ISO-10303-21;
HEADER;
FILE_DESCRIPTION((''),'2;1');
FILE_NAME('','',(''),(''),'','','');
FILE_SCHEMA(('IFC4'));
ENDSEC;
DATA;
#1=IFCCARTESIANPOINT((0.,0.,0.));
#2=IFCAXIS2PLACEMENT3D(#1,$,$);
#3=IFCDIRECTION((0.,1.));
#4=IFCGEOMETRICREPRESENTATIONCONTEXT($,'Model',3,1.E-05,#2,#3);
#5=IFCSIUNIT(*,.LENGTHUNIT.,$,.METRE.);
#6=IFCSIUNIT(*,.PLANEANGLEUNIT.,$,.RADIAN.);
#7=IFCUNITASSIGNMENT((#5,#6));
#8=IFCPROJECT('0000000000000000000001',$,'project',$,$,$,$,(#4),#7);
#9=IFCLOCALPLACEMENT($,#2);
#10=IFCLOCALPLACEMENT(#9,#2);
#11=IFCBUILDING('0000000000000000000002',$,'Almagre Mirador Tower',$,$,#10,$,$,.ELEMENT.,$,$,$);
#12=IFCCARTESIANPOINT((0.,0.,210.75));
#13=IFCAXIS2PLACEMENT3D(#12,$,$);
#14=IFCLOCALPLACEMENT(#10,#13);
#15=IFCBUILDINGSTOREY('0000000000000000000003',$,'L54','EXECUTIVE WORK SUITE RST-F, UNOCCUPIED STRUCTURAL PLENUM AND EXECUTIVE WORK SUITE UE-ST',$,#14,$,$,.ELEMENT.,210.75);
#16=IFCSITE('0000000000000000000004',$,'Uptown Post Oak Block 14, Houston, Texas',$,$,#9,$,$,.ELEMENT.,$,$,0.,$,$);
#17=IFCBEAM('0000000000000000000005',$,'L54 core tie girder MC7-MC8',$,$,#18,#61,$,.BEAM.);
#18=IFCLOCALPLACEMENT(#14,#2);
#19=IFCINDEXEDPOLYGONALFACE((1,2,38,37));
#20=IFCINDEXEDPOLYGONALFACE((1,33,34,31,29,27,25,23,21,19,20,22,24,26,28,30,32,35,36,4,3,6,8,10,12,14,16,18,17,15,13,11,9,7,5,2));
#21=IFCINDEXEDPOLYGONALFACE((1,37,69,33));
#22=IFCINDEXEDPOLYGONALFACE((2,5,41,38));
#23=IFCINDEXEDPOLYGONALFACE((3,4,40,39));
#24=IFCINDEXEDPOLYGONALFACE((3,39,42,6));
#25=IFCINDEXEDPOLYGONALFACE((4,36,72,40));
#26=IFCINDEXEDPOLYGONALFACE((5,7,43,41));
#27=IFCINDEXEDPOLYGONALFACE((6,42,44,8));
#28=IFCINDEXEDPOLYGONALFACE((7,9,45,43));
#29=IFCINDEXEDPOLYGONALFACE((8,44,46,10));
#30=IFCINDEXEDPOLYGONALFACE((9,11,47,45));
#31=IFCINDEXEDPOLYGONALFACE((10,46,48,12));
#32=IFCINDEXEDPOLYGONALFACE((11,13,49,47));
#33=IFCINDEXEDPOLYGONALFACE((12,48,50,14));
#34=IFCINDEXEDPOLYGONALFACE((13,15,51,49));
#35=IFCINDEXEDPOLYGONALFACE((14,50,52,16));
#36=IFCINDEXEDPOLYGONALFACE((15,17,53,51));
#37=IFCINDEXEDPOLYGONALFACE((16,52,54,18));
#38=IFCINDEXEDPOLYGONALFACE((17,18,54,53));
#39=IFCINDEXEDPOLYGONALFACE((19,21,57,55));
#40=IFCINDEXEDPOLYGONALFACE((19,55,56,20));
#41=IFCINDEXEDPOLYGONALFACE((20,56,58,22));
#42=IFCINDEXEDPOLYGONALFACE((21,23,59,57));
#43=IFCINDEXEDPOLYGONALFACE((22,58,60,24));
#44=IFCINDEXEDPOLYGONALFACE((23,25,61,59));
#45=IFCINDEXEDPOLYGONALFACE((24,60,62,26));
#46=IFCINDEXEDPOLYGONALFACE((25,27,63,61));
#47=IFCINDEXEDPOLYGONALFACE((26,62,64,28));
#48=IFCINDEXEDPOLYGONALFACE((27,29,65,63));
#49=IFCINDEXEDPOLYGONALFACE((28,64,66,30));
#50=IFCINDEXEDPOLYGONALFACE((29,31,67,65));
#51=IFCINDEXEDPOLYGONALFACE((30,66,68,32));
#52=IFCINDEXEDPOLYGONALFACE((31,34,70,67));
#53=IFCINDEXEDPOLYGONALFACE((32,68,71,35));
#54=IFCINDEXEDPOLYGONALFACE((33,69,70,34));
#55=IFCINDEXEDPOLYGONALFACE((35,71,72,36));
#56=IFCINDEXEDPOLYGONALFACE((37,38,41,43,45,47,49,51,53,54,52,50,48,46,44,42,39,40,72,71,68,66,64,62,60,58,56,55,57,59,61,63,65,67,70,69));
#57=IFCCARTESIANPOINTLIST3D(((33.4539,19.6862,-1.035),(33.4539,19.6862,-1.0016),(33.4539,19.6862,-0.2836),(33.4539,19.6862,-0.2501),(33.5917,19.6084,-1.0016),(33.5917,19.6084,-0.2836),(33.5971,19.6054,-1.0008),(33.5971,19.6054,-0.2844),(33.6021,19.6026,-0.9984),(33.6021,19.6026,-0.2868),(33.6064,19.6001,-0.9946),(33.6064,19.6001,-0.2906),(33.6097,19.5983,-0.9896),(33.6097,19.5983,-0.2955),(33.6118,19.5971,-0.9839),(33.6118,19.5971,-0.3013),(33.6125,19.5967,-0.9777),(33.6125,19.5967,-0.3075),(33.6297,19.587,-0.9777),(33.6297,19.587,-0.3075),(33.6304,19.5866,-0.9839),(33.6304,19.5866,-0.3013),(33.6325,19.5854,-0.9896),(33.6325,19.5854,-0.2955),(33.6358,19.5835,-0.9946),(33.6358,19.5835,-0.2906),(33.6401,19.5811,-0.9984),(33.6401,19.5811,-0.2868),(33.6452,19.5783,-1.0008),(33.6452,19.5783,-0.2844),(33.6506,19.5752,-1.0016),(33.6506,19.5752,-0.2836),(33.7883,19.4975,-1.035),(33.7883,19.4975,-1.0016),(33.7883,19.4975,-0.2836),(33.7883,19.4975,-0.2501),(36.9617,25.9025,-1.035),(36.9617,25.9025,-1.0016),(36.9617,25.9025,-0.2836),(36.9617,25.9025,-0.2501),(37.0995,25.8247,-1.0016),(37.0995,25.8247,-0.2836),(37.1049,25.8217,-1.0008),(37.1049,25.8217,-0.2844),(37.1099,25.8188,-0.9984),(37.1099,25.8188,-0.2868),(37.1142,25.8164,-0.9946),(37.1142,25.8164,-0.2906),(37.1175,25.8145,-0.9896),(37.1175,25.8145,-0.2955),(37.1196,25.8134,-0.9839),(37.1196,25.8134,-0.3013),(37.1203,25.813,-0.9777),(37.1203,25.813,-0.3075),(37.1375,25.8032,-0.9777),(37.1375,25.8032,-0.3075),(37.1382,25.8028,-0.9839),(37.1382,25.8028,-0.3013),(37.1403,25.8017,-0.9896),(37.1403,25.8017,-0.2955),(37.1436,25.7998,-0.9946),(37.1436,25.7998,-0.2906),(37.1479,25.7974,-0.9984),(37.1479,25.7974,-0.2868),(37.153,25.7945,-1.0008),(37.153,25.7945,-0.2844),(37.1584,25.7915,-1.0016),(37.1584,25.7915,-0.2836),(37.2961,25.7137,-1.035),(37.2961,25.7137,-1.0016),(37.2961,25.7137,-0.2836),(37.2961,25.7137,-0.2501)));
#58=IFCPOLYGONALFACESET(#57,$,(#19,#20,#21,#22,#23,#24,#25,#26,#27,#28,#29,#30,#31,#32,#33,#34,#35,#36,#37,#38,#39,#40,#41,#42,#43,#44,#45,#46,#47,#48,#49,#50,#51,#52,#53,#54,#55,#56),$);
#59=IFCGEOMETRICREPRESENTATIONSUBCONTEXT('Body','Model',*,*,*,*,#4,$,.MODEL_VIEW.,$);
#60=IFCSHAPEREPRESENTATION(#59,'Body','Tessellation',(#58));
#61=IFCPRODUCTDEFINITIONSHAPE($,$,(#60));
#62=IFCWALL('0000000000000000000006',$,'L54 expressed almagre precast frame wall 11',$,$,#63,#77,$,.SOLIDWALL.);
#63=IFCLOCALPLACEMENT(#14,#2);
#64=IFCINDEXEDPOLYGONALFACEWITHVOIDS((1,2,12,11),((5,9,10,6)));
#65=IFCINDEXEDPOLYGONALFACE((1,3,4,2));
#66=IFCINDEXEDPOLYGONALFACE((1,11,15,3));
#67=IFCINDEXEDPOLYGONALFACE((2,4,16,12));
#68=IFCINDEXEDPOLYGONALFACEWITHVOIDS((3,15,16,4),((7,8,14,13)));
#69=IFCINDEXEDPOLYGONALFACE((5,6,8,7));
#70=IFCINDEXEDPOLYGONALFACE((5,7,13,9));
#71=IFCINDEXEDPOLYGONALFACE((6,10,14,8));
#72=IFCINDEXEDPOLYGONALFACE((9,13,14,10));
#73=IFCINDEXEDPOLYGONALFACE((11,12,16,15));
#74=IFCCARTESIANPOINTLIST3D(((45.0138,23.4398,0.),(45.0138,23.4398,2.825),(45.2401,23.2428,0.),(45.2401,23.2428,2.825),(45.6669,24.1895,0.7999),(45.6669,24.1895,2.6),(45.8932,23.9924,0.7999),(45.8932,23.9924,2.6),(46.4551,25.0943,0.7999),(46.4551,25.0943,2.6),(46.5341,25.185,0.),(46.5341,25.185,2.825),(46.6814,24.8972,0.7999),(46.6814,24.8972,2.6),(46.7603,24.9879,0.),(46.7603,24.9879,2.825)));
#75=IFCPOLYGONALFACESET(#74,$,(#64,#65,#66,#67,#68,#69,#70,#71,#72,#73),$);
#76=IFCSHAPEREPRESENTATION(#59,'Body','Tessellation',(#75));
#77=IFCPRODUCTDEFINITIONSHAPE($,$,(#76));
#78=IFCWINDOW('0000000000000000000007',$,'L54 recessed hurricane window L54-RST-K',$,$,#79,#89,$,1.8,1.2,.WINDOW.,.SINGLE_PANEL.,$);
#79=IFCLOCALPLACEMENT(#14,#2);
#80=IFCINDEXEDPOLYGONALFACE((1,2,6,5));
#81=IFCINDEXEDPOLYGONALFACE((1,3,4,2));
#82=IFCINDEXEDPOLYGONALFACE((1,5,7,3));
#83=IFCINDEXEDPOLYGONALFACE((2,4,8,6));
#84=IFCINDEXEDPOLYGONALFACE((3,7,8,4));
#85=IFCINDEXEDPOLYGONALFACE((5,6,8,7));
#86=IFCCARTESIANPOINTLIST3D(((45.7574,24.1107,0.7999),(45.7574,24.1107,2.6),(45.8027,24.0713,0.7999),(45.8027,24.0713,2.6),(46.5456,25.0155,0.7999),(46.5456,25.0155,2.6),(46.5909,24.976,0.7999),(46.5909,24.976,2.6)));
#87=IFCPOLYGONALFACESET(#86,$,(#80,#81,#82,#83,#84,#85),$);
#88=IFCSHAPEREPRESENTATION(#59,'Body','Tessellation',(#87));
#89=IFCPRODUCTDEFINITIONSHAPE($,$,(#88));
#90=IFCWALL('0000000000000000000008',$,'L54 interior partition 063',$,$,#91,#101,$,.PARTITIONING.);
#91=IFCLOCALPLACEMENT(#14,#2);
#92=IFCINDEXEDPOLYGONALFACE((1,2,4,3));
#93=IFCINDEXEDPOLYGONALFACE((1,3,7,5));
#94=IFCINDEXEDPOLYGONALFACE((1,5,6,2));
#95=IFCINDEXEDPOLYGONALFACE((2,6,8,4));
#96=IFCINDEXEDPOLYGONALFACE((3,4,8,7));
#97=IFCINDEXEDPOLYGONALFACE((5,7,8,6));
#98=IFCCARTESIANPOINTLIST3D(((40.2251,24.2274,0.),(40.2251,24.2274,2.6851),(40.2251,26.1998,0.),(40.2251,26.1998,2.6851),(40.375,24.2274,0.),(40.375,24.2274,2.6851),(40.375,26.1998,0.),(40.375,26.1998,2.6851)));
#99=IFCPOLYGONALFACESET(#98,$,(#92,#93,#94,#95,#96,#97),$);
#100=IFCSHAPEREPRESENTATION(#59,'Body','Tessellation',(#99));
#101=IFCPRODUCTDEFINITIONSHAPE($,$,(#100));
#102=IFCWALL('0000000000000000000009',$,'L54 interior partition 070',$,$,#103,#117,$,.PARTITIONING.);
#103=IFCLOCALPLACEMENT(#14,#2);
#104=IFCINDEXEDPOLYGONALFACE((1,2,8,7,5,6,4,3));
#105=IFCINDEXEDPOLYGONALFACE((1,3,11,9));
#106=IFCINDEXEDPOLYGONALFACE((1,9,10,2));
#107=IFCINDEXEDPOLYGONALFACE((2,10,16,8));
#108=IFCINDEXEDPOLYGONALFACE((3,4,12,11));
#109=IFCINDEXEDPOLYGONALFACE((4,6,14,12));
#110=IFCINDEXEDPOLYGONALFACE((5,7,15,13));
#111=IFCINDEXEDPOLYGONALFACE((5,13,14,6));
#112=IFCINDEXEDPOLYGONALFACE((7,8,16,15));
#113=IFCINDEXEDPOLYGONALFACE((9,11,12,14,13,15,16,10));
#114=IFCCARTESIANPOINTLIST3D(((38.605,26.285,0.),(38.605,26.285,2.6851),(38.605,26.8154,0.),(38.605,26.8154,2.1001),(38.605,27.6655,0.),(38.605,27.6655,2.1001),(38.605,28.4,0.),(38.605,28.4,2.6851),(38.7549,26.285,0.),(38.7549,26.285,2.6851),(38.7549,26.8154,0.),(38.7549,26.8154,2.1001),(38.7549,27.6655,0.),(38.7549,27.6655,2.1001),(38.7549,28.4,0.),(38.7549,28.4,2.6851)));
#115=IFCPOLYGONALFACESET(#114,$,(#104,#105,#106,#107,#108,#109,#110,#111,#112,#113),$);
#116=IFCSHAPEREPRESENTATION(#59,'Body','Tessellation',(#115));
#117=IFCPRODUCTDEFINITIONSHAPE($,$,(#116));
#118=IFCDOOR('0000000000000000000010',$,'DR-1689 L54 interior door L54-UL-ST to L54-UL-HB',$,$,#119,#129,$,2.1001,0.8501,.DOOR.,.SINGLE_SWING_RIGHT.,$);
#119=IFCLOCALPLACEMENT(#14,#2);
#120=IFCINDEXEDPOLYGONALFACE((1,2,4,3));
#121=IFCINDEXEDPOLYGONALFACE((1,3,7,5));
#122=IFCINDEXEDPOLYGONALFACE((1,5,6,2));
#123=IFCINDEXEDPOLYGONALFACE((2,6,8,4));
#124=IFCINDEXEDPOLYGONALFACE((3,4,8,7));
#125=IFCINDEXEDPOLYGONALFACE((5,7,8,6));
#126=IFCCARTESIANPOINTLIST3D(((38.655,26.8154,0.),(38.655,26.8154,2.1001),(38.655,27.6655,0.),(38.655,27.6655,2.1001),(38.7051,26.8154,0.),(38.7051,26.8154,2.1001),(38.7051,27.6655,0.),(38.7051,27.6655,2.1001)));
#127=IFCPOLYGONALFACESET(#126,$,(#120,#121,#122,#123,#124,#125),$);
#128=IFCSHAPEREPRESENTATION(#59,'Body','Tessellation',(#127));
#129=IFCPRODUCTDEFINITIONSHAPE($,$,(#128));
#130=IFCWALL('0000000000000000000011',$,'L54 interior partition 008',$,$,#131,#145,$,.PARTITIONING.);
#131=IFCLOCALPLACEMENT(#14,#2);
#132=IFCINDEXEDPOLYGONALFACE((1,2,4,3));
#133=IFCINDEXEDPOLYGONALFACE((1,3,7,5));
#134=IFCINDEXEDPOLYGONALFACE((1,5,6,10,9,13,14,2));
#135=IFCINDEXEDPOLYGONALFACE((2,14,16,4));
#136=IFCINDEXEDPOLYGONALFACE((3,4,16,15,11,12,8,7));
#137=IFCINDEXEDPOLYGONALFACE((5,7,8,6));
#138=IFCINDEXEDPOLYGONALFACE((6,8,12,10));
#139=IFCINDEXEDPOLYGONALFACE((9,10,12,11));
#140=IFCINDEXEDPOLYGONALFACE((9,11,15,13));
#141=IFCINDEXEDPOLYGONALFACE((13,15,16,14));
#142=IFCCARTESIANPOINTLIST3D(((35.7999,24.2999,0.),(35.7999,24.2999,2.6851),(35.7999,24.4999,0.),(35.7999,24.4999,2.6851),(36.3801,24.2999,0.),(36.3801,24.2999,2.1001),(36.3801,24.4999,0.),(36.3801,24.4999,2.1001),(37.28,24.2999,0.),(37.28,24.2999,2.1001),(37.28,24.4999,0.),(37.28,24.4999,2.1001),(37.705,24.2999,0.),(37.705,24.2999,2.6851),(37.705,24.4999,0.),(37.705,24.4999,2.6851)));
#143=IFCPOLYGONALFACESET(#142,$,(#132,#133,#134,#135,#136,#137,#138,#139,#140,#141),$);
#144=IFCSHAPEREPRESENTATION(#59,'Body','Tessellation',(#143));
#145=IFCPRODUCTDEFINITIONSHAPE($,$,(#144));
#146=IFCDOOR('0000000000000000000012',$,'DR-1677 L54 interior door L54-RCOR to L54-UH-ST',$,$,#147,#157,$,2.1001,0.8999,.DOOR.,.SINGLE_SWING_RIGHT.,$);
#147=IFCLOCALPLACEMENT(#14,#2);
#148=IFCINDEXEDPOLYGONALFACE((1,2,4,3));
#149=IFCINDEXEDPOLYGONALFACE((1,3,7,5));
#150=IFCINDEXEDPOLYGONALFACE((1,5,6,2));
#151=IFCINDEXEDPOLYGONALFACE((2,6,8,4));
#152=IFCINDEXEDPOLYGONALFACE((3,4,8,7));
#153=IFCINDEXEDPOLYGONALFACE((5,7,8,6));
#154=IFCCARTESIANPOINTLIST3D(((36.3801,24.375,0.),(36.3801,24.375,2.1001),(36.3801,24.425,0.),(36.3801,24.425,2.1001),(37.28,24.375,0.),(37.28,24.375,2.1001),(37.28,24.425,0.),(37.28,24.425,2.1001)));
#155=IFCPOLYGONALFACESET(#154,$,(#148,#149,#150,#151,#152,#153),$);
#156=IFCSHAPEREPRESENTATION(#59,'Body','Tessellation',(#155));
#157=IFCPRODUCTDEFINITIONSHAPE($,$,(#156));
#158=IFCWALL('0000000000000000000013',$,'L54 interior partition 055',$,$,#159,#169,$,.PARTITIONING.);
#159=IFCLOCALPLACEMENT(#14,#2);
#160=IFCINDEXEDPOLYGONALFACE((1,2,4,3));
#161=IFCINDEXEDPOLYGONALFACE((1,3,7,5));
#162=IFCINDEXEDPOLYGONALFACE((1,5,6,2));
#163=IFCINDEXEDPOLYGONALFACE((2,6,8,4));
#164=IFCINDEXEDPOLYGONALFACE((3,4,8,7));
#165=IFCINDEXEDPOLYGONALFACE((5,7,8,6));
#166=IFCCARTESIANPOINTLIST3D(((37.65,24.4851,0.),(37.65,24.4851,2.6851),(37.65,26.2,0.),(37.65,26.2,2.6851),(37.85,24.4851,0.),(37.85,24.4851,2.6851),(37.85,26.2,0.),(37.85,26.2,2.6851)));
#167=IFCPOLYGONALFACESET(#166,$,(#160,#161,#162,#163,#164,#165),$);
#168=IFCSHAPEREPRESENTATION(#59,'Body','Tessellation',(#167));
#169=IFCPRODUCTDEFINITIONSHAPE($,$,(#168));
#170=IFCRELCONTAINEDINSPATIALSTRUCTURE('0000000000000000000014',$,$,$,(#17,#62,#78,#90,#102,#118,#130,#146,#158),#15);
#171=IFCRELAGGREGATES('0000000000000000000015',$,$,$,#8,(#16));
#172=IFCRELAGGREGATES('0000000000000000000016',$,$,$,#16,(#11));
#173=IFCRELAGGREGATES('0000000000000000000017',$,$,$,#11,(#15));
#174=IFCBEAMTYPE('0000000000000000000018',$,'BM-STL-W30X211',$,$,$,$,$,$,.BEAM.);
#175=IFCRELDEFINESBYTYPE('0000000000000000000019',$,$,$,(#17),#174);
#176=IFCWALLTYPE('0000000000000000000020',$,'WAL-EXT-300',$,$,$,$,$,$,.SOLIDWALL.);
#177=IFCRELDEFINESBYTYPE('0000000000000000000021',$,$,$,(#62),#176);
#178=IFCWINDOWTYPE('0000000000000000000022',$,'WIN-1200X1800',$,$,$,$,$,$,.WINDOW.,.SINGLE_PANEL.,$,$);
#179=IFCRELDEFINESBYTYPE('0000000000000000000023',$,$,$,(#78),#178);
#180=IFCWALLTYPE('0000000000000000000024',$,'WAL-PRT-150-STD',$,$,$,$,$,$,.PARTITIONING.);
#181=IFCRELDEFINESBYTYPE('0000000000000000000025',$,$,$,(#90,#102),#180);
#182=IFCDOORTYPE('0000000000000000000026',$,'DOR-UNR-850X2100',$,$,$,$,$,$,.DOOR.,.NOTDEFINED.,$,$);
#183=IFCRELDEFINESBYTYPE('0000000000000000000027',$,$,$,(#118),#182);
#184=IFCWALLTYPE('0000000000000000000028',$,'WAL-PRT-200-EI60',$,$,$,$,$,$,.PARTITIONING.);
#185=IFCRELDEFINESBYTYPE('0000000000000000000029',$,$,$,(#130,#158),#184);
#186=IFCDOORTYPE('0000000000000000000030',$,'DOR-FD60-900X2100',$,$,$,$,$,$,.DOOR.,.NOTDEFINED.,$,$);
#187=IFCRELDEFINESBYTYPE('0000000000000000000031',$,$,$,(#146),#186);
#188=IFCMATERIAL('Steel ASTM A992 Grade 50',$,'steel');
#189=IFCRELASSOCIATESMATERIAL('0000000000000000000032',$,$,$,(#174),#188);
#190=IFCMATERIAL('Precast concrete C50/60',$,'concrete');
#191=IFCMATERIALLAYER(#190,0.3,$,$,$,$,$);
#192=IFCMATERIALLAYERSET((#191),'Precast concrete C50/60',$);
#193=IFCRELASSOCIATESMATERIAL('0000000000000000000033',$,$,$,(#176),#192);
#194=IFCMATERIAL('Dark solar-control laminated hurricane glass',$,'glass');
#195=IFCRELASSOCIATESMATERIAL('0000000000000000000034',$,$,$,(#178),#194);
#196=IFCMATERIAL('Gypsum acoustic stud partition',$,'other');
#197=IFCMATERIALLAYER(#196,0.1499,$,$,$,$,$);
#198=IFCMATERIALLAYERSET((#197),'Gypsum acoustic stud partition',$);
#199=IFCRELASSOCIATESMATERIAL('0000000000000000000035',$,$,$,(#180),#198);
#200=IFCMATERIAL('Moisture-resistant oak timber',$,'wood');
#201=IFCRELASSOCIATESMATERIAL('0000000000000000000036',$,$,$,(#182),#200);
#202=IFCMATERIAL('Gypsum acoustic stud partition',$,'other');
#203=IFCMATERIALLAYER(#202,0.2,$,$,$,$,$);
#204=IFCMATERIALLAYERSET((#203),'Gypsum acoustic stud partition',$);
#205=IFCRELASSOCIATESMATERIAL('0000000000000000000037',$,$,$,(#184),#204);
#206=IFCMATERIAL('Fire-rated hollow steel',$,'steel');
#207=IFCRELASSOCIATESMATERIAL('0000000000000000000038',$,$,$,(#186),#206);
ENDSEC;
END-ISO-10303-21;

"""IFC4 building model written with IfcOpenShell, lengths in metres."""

from ifc_helpers import new_model, si_unit, direction, frame, frame_2d, origin, origin_2d, place, context, subcontext, project, spatial, rectangle, i_section, extrude, material, layer, layer_set, material_profile, profile_set, type_object, element, fill, save


model = new_model("IFC4")

# Units and contexts
model_context = context("Model", 3, precision=1e-05, world=origin(), true_north=direction((0.0, 1.0)))
body_context = subcontext(model_context, "Body", "Model", "MODEL_VIEW")
ifc_project = project(units=[si_unit("LENGTHUNIT", "METRE"), si_unit("PLANEANGLEUNIT", "RADIAN")], contexts=[model_context])

# Site, building, storey
site_placement = place(None, origin())
site = spatial("IfcSite", under=ifc_project, at=site_placement, Name="Uptown Post Oak Block 14, Houston, Texas", CompositionType="ELEMENT", RefElevation=0.0)
building_placement = place(site_placement, origin())
building = spatial("IfcBuilding", under=site, at=building_placement, Name="Almagre Mirador Tower", CompositionType="ELEMENT")
storey_placement = place(building_placement, frame((0.0, 0.0, 210.75)))
storey = spatial("IfcBuildingStorey", under=building, at=storey_placement, Name="L54", Description="EXECUTIVE WORK SUITE RST-F, UNOCCUPIED STRUCTURAL PLENUM AND EXECUTIVE WORK SUITE UE-ST", CompositionType="ELEMENT", Elevation=210.75)

# Beam
ifc_material_1 = material(Name="Steel ASTM A992 Grade 50", Category="steel")
ifc_material_profile_1 = material_profile(ifc_material_1, i_section(OverallWidth=0.384, OverallDepth=0.7849, WebThickness=0.0198, FlangeThickness=0.0334, FilletRadius=0.0239, at=origin_2d()), Name="W30X211")
ifc_profile_set_1 = profile_set([ifc_material_profile_1], Name="Steel ASTM A992 Grade 50")
beam_type_1 = type_object("IfcBeamType", Name="BM-STL-W30X211", PredefinedType="BEAM", material=ifc_profile_set_1)
beam_1_placement = place(storey_placement, frame((37.1289, 25.8081, -0.6426), z_axis=(-0.491446, -0.870908, 0.0), x_axis=(0.870908, -0.491446, 0.0)))
element("IfcBeam", 1, at=beam_1_placement, inside=storey, type_object=beam_type_1, Name="L54 core tie girder MC7-MC8", PredefinedType="BEAM", context=body_context, shape_type="SweptSolid", body=[
    extrude(i_section(OverallWidth=0.384, OverallDepth=0.7849, WebThickness=0.0198, FlangeThickness=0.0334, FilletRadius=0.0239, at=origin_2d()), origin(), (0.0, 0.0, 1.0), 7.1377),
])

# Wall, opening, window
ifc_material_2 = material(Name="Precast concrete C50/60", Category="concrete")
ifc_layer_1 = layer(ifc_material_2, 0.3)
ifc_layer_set_1 = layer_set([ifc_layer_1], Name="Precast concrete C50/60")
wall_type_1 = type_object("IfcWallType", Name="WAL-EXT-300", PredefinedType="SOLIDWALL", material=ifc_layer_set_1)
wall_1_placement = place(storey_placement, frame((46.6472, 25.0864, 0.0), z_axis=(0.0, 0.0, 1.0), x_axis=(-0.65686, -0.754012, 0.0)))
wall_1 = element("IfcWall", 2, at=wall_1_placement, inside=storey, type_object=wall_type_1, Name="L54 expressed almagre precast frame wall 11", PredefinedType="SOLIDWALL", context=body_context, shape_type="SweptSolid", body=[
    extrude(rectangle(XDim=2.3145, YDim=0.3, at=frame_2d((1.1572, 0.0))), origin(), (0.0, 0.0, 1.0), 2.825),
])
opening_1_placement = place(wall_1_placement, frame((0.1201, 0.0, 0.8)))
opening_1 = element("IfcOpeningElement", 3, at=opening_1_placement, cuts=wall_1, PredefinedType="OPENING", context=body_context, shape_type="SweptSolid", body=[
    extrude(rectangle(XDim=1.2, YDim=1.8, at=frame_2d((0.6001, 0.8999))), frame((0.0, 0.1599, 0.0), z_axis=(0.0, -1.0, 0.0), x_axis=(1.0, 0.0, 0.0)), (0.0, 0.0, 1.0), 0.32),
])
ifc_material_3 = material(Name="Dark solar-control laminated hurricane glass", Category="glass")
window_type = type_object("IfcWindowType", Name="WIN-1200X1800", PartitioningType="SINGLE_PANEL", PredefinedType="WINDOW", material=ifc_material_3)
window_placement = place(opening_1_placement, origin())
window = element("IfcWindow", 4, at=window_placement, inside=storey, type_object=window_type, Name="L54 recessed hurricane window L54-RST-K", OverallHeight=1.8, OverallWidth=1.2, PartitioningType="SINGLE_PANEL", PredefinedType="WINDOW", context=body_context, shape_type="SweptSolid", body=[
    extrude(rectangle(XDim=1.2, YDim=1.8, at=frame_2d((0.6001, 0.8999))), frame((0.0, 0.03, 0.0), z_axis=(0.0, -1.0, 0.0), x_axis=(1.0, 0.0, 0.0)), (0.0, 0.0, 1.0), 0.0601),
])
fill(opening_1, window)

# Wall
ifc_material_4 = material(Name="Gypsum acoustic stud partition", Category="other")
ifc_layer_2 = layer(ifc_material_4, 0.1499)
ifc_layer_set_2 = layer_set([ifc_layer_2], Name="Gypsum acoustic stud partition")
wall_type_2 = type_object("IfcWallType", Name="WAL-PRT-150-STD", PredefinedType="PARTITIONING", material=ifc_layer_set_2)
wall_2_placement = place(storey_placement, frame((40.3, 26.2, 0.0), z_axis=(0.0, 0.0, 1.0), x_axis=(0.0, -1.0, 0.0)))
element("IfcWall", 5, at=wall_2_placement, inside=storey, type_object=wall_type_2, Name="L54 interior partition 063", PredefinedType="PARTITIONING", context=body_context, shape_type="SweptSolid", body=[
    extrude(rectangle(XDim=1.9724, YDim=0.1499, at=frame_2d((0.9863, 0.0))), origin(), (0.0, 0.0, 1.0), 2.6851),
])

# Walls, openings, doors
wall_3_placement = place(storey_placement, frame((38.6799, 26.2849, 0.0), z_axis=(0.0, 0.0, 1.0), x_axis=(0.0, 1.0, 0.0)))
wall_3 = element("IfcWall", 6, at=wall_3_placement, inside=storey, type_object=wall_type_2, Name="L54 interior partition 070", PredefinedType="PARTITIONING", context=body_context, shape_type="SweptSolid", body=[
    extrude(rectangle(XDim=2.115, YDim=0.1499, at=frame_2d((1.0576, 0.0))), origin(), (0.0, 0.0, 1.0), 2.6851),
])
opening_2_placement = place(wall_3_placement, frame((0.5305, 0.0, 0.0)))
opening_2 = element("IfcOpeningElement", 7, at=opening_2_placement, cuts=wall_3, PredefinedType="OPENING", context=body_context, shape_type="SweptSolid", body=[
    extrude(rectangle(XDim=0.8501, YDim=2.1001, at=frame_2d((0.425, 1.05))), frame((0.0, 0.085, 0.0), z_axis=(0.0, -1.0, 0.0), x_axis=(1.0, 0.0, 0.0)), (0.0, 0.0, 1.0), 0.1699),
])
ifc_material_5 = material(Name="Moisture-resistant oak timber", Category="wood")
door_type_1 = type_object("IfcDoorType", Name="DOR-UNR-850X2100", OperationType="NOTDEFINED", PredefinedType="DOOR", material=ifc_material_5)
door_1_placement = place(opening_2_placement, origin())
door_1 = element("IfcDoor", 8, at=door_1_placement, inside=storey, type_object=door_type_1, Name="DR-1689 L54 interior door L54-UL-ST to L54-UL-HB", OperationType="SINGLE_SWING_RIGHT", OverallHeight=2.1001, OverallWidth=0.8501, PredefinedType="DOOR", context=body_context, shape_type="SweptSolid", body=[
    extrude(rectangle(XDim=0.8501, YDim=2.1001, at=frame_2d((0.425, 1.05))), frame((0.0, 0.0249, 0.0), z_axis=(0.0, -1.0, 0.0), x_axis=(1.0, 0.0, 0.0)), (0.0, 0.0, 1.0), 0.05),
])
fill(opening_2, door_1)
ifc_material_6 = material(Name="Gypsum acoustic stud partition", Category="other")
ifc_layer_3 = layer(ifc_material_6, 0.2)
ifc_layer_set_3 = layer_set([ifc_layer_3], Name="Gypsum acoustic stud partition")
wall_type_3 = type_object("IfcWallType", Name="WAL-PRT-200-EI60", PredefinedType="PARTITIONING", material=ifc_layer_set_3)
wall_4_placement = place(storey_placement, frame((37.7051, 24.3999, 0.0), z_axis=(0.0, 0.0, 1.0), x_axis=(-1.0, 0.0, 0.0)))
wall_4 = element("IfcWall", 9, at=wall_4_placement, inside=storey, type_object=wall_type_3, Name="L54 interior partition 008", PredefinedType="PARTITIONING", context=body_context, shape_type="SweptSolid", body=[
    extrude(rectangle(XDim=1.905, YDim=0.2, at=frame_2d((0.9526, 0.0))), origin(), (0.0, 0.0, 1.0), 2.6851),
])
opening_3_placement = place(wall_4_placement, frame((0.425, 0.0, 0.0)))
opening_3 = element("IfcOpeningElement", 10, at=opening_3_placement, cuts=wall_4, PredefinedType="OPENING", context=body_context, shape_type="SweptSolid", body=[
    extrude(rectangle(XDim=0.8999, YDim=2.1001, at=frame_2d((0.45, 1.05))), frame((0.0, 0.1101, 0.0), z_axis=(0.0, -1.0, 0.0), x_axis=(1.0, 0.0, 0.0)), (0.0, 0.0, 1.0), 0.22),
])
ifc_material_7 = material(Name="Fire-rated hollow steel", Category="steel")
door_type_2 = type_object("IfcDoorType", Name="DOR-FD60-900X2100", OperationType="NOTDEFINED", PredefinedType="DOOR", material=ifc_material_7)
door_2_placement = place(opening_3_placement, origin())
door_2 = element("IfcDoor", 11, at=door_2_placement, inside=storey, type_object=door_type_2, Name="DR-1677 L54 interior door L54-RCOR to L54-UH-ST", OperationType="SINGLE_SWING_RIGHT", OverallHeight=2.1001, OverallWidth=0.8999, PredefinedType="DOOR", context=body_context, shape_type="SweptSolid", body=[
    extrude(rectangle(XDim=0.8999, YDim=2.1001, at=frame_2d((0.45, 1.05))), frame((0.0, 0.0249, 0.0), z_axis=(0.0, -1.0, 0.0), x_axis=(1.0, 0.0, 0.0)), (0.0, 0.0, 1.0), 0.05),
])
fill(opening_3, door_2)

# Wall
wall_5_placement = place(storey_placement, frame((37.75, 24.4851, 0.0), z_axis=(0.0, 0.0, 1.0), x_axis=(0.0, 1.0, 0.0)))
element("IfcWall", 12, at=wall_5_placement, inside=storey, type_object=wall_type_3, Name="L54 interior partition 055", PredefinedType="PARTITIONING", context=body_context, shape_type="SweptSolid", body=[
    extrude(rectangle(XDim=1.7148, YDim=0.2, at=frame_2d((0.8574, 0.0))), origin(), (0.0, 0.0, 1.0), 2.6851),
])

save(model, "model.ifc")
